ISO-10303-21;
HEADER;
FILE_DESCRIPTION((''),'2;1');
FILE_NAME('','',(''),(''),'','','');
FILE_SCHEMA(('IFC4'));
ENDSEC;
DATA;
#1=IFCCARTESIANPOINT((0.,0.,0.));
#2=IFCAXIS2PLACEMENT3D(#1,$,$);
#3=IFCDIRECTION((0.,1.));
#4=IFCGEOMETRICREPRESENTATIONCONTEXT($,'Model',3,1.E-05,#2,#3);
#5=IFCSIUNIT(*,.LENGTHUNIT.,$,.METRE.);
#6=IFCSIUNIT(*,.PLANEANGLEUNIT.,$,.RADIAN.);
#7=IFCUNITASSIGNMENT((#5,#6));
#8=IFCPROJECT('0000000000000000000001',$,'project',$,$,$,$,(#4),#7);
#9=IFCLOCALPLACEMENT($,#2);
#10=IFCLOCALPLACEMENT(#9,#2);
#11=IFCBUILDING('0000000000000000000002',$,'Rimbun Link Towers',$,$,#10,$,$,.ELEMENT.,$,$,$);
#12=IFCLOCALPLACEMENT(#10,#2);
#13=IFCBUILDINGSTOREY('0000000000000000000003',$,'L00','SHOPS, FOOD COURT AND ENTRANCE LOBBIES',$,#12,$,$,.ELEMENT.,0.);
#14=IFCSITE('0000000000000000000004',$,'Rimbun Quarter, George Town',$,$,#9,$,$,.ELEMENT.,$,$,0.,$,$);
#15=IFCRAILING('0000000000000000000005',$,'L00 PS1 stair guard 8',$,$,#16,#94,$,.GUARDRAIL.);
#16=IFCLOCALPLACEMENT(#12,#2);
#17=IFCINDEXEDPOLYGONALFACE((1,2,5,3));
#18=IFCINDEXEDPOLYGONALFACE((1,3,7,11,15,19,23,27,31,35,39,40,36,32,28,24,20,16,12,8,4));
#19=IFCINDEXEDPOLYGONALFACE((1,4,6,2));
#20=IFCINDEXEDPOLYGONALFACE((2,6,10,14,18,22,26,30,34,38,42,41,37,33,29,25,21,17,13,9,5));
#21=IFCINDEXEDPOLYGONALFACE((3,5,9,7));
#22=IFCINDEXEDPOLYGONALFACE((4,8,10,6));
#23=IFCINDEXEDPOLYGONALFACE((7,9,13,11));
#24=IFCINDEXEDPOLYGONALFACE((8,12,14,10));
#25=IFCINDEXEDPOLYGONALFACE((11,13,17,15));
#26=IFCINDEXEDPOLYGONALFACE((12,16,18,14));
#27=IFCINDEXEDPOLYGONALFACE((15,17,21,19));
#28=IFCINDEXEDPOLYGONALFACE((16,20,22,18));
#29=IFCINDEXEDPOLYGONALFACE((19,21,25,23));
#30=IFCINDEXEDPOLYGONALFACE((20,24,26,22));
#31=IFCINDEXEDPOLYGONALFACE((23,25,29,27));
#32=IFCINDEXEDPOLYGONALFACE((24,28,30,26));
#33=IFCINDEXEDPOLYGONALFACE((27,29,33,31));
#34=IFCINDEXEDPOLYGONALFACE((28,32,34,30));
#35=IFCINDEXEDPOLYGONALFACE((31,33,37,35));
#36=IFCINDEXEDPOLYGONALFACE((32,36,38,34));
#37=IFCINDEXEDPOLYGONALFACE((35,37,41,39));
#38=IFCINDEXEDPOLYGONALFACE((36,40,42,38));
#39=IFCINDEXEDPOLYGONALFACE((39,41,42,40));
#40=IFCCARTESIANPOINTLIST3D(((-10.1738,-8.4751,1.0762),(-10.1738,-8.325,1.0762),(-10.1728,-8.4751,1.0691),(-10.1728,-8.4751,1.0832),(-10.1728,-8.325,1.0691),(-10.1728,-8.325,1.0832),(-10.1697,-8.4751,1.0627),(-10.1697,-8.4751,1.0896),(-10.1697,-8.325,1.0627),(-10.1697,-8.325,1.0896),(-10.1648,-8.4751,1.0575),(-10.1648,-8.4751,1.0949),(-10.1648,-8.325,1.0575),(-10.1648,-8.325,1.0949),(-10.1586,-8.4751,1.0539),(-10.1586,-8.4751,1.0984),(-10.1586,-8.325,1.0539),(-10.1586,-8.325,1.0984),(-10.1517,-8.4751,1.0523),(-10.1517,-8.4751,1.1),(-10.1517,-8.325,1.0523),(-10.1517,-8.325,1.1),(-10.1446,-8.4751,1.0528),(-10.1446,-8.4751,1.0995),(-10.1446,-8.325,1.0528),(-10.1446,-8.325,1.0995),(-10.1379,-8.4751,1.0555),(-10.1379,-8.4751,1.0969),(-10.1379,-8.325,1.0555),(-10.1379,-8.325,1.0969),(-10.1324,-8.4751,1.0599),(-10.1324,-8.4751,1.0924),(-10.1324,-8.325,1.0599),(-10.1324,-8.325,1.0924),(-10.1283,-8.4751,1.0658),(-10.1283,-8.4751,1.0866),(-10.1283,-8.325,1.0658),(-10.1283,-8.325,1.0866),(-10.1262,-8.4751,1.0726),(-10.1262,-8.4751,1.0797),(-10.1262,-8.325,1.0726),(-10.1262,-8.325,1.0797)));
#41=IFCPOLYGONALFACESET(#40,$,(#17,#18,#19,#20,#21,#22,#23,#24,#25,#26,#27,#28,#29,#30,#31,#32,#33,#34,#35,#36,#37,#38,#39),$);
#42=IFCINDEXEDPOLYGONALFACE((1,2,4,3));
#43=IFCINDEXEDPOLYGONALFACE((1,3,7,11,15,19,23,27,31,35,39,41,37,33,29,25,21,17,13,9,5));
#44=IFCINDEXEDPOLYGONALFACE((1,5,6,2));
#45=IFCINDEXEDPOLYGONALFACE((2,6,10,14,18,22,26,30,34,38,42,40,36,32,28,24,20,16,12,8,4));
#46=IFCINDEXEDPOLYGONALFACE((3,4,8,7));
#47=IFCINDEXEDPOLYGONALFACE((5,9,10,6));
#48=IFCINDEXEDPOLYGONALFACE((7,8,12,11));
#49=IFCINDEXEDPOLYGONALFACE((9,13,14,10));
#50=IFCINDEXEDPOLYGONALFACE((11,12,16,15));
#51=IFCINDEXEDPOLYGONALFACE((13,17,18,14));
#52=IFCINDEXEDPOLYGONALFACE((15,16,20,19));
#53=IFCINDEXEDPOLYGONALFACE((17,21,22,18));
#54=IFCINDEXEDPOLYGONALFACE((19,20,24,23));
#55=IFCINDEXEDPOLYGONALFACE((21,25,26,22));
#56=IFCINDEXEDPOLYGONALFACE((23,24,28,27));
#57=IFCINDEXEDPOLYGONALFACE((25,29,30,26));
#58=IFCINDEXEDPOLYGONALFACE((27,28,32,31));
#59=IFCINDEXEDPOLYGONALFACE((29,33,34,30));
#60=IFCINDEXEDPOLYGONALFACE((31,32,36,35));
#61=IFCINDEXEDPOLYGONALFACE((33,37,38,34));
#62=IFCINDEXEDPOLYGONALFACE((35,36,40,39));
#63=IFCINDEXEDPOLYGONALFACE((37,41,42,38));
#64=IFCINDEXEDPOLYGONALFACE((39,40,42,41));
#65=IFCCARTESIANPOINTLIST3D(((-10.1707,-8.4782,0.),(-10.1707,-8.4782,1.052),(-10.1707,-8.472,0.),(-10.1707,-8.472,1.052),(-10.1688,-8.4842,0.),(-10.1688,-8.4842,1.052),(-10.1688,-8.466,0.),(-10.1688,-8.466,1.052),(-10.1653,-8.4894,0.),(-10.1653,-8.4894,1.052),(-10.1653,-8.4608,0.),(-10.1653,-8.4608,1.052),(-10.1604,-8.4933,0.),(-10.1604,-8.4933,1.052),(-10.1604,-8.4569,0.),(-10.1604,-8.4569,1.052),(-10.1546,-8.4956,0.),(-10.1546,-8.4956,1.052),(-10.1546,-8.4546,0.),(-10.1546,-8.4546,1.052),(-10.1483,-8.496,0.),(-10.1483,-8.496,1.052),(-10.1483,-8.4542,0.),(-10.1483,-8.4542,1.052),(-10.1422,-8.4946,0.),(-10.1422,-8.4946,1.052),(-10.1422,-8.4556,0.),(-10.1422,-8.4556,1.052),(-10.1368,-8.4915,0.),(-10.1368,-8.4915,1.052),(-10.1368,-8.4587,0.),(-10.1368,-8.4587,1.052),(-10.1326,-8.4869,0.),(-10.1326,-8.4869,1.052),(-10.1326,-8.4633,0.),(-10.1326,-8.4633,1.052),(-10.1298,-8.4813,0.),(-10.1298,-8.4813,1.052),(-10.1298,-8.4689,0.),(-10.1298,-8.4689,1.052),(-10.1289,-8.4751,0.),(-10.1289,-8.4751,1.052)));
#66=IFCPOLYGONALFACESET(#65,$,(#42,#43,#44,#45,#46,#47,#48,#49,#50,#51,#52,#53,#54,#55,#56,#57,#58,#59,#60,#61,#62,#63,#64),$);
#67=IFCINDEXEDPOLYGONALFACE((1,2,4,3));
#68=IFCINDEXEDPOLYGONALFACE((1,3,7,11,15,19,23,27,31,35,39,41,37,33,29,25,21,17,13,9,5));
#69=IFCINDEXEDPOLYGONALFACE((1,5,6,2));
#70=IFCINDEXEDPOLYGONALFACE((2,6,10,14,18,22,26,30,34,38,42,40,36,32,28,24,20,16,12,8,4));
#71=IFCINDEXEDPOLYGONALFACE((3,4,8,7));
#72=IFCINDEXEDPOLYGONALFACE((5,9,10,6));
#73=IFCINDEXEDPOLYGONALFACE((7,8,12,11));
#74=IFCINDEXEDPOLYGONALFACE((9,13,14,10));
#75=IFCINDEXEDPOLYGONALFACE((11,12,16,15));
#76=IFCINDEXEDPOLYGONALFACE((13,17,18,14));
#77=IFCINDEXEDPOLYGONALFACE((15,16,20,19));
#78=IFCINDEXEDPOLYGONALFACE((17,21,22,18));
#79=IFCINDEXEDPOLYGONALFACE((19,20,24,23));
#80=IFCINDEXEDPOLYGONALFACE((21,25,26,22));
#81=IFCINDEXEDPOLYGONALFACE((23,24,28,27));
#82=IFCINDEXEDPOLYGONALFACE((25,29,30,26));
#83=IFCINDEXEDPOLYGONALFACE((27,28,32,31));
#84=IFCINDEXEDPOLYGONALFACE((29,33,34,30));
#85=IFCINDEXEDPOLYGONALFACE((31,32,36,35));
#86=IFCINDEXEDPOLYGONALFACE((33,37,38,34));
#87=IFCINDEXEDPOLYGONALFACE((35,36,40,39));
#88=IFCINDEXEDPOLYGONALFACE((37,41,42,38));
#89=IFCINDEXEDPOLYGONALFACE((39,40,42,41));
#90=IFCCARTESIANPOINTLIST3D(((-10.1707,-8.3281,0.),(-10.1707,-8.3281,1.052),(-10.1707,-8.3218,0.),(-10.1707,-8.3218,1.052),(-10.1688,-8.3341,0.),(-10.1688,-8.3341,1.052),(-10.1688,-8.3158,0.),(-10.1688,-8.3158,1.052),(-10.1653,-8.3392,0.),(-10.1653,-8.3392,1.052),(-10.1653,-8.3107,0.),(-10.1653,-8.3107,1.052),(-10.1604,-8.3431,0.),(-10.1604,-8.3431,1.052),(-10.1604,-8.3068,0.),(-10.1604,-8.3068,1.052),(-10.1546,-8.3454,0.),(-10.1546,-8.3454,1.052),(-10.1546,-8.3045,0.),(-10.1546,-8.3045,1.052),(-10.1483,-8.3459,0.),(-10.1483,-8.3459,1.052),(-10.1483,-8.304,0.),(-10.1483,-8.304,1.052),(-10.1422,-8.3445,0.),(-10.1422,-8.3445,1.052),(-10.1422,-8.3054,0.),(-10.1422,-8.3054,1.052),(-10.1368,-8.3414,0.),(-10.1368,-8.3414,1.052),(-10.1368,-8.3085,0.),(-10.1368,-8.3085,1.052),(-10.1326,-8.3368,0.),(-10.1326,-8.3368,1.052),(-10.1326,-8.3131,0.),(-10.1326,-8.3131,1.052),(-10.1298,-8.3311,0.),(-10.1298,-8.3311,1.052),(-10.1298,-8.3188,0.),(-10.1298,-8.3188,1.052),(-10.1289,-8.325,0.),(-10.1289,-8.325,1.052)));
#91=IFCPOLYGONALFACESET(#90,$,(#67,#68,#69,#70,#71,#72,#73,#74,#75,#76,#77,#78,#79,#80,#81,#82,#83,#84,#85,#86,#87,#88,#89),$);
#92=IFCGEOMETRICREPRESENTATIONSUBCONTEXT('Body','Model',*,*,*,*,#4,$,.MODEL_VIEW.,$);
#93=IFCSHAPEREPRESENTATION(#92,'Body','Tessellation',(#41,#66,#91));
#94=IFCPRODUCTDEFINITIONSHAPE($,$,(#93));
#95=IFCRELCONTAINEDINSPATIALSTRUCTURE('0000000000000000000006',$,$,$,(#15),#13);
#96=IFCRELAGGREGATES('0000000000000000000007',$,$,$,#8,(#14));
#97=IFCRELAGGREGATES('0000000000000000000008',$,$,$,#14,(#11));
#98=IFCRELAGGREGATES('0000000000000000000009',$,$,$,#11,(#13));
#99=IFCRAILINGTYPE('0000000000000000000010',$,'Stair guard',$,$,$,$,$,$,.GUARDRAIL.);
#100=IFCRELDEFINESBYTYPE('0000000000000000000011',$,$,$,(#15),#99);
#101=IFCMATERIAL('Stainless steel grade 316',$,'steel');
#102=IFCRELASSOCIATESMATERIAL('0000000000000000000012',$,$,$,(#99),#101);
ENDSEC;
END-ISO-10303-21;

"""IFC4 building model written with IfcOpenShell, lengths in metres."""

from ifc_helpers import new_model, si_unit, direction, frame, origin, origin_2d, place, context, subcontext, project, spatial, circle, extrude, material, type_object, element, save


model = new_model("IFC4")

# Units and contexts
model_context = context("Model", 3, precision=1e-05, world=origin(), true_north=direction((0.0, 1.0)))
body_context = subcontext(model_context, "Body", "Model", "MODEL_VIEW")
ifc_project = project(units=[si_unit("LENGTHUNIT", "METRE"), si_unit("PLANEANGLEUNIT", "RADIAN")], contexts=[model_context])

# Site, building, storey
site_placement = place(None, origin())
site = spatial("IfcSite", under=ifc_project, at=site_placement, Name="Rimbun Quarter, George Town", CompositionType="ELEMENT", RefElevation=0.0)
building_placement = place(site_placement, origin())
building = spatial("IfcBuilding", under=site, at=building_placement, Name="Rimbun Link Towers", CompositionType="ELEMENT")
storey_placement = place(building_placement, origin())
storey = spatial("IfcBuildingStorey", under=building, at=storey_placement, Name="L00", Description="SHOPS, FOOD COURT AND ENTRANCE LOBBIES", CompositionType="ELEMENT", Elevation=0.0)

# Railing
ifc_material_1 = material(Name="Stainless steel grade 316", Category="steel")
railing_type_1 = type_object("IfcRailingType", Name="Stair guard", PredefinedType="GUARDRAIL", material=ifc_material_1)
railing_1_placement = place(storey_placement, frame((-10.1499, -8.4751, 0.0)))
element("IfcRailing", 1, at=railing_1_placement, inside=storey, type_object=railing_type_1, Name="L00 PS1 stair guard 8", PredefinedType="GUARDRAIL", context=body_context, shape_type="SweptSolid", body=[
    extrude(circle(Radius=0.0239, at=origin_2d()), frame((0.0, 0.0, 1.0762), z_axis=(0.0, 1.0, 0.0), x_axis=(-1.0, 0.0, 0.0)), (0.0, 0.0, 1.0), 0.1501),
    extrude(circle(Radius=0.021, at=origin_2d()), origin(), (0.0, 0.0, 1.0), 1.052),
    extrude(circle(Radius=0.021, at=origin_2d()), frame((0.0, 0.1501, 0.0)), (0.0, 0.0, 1.0), 1.052),
])

save(model, "model.ifc")
